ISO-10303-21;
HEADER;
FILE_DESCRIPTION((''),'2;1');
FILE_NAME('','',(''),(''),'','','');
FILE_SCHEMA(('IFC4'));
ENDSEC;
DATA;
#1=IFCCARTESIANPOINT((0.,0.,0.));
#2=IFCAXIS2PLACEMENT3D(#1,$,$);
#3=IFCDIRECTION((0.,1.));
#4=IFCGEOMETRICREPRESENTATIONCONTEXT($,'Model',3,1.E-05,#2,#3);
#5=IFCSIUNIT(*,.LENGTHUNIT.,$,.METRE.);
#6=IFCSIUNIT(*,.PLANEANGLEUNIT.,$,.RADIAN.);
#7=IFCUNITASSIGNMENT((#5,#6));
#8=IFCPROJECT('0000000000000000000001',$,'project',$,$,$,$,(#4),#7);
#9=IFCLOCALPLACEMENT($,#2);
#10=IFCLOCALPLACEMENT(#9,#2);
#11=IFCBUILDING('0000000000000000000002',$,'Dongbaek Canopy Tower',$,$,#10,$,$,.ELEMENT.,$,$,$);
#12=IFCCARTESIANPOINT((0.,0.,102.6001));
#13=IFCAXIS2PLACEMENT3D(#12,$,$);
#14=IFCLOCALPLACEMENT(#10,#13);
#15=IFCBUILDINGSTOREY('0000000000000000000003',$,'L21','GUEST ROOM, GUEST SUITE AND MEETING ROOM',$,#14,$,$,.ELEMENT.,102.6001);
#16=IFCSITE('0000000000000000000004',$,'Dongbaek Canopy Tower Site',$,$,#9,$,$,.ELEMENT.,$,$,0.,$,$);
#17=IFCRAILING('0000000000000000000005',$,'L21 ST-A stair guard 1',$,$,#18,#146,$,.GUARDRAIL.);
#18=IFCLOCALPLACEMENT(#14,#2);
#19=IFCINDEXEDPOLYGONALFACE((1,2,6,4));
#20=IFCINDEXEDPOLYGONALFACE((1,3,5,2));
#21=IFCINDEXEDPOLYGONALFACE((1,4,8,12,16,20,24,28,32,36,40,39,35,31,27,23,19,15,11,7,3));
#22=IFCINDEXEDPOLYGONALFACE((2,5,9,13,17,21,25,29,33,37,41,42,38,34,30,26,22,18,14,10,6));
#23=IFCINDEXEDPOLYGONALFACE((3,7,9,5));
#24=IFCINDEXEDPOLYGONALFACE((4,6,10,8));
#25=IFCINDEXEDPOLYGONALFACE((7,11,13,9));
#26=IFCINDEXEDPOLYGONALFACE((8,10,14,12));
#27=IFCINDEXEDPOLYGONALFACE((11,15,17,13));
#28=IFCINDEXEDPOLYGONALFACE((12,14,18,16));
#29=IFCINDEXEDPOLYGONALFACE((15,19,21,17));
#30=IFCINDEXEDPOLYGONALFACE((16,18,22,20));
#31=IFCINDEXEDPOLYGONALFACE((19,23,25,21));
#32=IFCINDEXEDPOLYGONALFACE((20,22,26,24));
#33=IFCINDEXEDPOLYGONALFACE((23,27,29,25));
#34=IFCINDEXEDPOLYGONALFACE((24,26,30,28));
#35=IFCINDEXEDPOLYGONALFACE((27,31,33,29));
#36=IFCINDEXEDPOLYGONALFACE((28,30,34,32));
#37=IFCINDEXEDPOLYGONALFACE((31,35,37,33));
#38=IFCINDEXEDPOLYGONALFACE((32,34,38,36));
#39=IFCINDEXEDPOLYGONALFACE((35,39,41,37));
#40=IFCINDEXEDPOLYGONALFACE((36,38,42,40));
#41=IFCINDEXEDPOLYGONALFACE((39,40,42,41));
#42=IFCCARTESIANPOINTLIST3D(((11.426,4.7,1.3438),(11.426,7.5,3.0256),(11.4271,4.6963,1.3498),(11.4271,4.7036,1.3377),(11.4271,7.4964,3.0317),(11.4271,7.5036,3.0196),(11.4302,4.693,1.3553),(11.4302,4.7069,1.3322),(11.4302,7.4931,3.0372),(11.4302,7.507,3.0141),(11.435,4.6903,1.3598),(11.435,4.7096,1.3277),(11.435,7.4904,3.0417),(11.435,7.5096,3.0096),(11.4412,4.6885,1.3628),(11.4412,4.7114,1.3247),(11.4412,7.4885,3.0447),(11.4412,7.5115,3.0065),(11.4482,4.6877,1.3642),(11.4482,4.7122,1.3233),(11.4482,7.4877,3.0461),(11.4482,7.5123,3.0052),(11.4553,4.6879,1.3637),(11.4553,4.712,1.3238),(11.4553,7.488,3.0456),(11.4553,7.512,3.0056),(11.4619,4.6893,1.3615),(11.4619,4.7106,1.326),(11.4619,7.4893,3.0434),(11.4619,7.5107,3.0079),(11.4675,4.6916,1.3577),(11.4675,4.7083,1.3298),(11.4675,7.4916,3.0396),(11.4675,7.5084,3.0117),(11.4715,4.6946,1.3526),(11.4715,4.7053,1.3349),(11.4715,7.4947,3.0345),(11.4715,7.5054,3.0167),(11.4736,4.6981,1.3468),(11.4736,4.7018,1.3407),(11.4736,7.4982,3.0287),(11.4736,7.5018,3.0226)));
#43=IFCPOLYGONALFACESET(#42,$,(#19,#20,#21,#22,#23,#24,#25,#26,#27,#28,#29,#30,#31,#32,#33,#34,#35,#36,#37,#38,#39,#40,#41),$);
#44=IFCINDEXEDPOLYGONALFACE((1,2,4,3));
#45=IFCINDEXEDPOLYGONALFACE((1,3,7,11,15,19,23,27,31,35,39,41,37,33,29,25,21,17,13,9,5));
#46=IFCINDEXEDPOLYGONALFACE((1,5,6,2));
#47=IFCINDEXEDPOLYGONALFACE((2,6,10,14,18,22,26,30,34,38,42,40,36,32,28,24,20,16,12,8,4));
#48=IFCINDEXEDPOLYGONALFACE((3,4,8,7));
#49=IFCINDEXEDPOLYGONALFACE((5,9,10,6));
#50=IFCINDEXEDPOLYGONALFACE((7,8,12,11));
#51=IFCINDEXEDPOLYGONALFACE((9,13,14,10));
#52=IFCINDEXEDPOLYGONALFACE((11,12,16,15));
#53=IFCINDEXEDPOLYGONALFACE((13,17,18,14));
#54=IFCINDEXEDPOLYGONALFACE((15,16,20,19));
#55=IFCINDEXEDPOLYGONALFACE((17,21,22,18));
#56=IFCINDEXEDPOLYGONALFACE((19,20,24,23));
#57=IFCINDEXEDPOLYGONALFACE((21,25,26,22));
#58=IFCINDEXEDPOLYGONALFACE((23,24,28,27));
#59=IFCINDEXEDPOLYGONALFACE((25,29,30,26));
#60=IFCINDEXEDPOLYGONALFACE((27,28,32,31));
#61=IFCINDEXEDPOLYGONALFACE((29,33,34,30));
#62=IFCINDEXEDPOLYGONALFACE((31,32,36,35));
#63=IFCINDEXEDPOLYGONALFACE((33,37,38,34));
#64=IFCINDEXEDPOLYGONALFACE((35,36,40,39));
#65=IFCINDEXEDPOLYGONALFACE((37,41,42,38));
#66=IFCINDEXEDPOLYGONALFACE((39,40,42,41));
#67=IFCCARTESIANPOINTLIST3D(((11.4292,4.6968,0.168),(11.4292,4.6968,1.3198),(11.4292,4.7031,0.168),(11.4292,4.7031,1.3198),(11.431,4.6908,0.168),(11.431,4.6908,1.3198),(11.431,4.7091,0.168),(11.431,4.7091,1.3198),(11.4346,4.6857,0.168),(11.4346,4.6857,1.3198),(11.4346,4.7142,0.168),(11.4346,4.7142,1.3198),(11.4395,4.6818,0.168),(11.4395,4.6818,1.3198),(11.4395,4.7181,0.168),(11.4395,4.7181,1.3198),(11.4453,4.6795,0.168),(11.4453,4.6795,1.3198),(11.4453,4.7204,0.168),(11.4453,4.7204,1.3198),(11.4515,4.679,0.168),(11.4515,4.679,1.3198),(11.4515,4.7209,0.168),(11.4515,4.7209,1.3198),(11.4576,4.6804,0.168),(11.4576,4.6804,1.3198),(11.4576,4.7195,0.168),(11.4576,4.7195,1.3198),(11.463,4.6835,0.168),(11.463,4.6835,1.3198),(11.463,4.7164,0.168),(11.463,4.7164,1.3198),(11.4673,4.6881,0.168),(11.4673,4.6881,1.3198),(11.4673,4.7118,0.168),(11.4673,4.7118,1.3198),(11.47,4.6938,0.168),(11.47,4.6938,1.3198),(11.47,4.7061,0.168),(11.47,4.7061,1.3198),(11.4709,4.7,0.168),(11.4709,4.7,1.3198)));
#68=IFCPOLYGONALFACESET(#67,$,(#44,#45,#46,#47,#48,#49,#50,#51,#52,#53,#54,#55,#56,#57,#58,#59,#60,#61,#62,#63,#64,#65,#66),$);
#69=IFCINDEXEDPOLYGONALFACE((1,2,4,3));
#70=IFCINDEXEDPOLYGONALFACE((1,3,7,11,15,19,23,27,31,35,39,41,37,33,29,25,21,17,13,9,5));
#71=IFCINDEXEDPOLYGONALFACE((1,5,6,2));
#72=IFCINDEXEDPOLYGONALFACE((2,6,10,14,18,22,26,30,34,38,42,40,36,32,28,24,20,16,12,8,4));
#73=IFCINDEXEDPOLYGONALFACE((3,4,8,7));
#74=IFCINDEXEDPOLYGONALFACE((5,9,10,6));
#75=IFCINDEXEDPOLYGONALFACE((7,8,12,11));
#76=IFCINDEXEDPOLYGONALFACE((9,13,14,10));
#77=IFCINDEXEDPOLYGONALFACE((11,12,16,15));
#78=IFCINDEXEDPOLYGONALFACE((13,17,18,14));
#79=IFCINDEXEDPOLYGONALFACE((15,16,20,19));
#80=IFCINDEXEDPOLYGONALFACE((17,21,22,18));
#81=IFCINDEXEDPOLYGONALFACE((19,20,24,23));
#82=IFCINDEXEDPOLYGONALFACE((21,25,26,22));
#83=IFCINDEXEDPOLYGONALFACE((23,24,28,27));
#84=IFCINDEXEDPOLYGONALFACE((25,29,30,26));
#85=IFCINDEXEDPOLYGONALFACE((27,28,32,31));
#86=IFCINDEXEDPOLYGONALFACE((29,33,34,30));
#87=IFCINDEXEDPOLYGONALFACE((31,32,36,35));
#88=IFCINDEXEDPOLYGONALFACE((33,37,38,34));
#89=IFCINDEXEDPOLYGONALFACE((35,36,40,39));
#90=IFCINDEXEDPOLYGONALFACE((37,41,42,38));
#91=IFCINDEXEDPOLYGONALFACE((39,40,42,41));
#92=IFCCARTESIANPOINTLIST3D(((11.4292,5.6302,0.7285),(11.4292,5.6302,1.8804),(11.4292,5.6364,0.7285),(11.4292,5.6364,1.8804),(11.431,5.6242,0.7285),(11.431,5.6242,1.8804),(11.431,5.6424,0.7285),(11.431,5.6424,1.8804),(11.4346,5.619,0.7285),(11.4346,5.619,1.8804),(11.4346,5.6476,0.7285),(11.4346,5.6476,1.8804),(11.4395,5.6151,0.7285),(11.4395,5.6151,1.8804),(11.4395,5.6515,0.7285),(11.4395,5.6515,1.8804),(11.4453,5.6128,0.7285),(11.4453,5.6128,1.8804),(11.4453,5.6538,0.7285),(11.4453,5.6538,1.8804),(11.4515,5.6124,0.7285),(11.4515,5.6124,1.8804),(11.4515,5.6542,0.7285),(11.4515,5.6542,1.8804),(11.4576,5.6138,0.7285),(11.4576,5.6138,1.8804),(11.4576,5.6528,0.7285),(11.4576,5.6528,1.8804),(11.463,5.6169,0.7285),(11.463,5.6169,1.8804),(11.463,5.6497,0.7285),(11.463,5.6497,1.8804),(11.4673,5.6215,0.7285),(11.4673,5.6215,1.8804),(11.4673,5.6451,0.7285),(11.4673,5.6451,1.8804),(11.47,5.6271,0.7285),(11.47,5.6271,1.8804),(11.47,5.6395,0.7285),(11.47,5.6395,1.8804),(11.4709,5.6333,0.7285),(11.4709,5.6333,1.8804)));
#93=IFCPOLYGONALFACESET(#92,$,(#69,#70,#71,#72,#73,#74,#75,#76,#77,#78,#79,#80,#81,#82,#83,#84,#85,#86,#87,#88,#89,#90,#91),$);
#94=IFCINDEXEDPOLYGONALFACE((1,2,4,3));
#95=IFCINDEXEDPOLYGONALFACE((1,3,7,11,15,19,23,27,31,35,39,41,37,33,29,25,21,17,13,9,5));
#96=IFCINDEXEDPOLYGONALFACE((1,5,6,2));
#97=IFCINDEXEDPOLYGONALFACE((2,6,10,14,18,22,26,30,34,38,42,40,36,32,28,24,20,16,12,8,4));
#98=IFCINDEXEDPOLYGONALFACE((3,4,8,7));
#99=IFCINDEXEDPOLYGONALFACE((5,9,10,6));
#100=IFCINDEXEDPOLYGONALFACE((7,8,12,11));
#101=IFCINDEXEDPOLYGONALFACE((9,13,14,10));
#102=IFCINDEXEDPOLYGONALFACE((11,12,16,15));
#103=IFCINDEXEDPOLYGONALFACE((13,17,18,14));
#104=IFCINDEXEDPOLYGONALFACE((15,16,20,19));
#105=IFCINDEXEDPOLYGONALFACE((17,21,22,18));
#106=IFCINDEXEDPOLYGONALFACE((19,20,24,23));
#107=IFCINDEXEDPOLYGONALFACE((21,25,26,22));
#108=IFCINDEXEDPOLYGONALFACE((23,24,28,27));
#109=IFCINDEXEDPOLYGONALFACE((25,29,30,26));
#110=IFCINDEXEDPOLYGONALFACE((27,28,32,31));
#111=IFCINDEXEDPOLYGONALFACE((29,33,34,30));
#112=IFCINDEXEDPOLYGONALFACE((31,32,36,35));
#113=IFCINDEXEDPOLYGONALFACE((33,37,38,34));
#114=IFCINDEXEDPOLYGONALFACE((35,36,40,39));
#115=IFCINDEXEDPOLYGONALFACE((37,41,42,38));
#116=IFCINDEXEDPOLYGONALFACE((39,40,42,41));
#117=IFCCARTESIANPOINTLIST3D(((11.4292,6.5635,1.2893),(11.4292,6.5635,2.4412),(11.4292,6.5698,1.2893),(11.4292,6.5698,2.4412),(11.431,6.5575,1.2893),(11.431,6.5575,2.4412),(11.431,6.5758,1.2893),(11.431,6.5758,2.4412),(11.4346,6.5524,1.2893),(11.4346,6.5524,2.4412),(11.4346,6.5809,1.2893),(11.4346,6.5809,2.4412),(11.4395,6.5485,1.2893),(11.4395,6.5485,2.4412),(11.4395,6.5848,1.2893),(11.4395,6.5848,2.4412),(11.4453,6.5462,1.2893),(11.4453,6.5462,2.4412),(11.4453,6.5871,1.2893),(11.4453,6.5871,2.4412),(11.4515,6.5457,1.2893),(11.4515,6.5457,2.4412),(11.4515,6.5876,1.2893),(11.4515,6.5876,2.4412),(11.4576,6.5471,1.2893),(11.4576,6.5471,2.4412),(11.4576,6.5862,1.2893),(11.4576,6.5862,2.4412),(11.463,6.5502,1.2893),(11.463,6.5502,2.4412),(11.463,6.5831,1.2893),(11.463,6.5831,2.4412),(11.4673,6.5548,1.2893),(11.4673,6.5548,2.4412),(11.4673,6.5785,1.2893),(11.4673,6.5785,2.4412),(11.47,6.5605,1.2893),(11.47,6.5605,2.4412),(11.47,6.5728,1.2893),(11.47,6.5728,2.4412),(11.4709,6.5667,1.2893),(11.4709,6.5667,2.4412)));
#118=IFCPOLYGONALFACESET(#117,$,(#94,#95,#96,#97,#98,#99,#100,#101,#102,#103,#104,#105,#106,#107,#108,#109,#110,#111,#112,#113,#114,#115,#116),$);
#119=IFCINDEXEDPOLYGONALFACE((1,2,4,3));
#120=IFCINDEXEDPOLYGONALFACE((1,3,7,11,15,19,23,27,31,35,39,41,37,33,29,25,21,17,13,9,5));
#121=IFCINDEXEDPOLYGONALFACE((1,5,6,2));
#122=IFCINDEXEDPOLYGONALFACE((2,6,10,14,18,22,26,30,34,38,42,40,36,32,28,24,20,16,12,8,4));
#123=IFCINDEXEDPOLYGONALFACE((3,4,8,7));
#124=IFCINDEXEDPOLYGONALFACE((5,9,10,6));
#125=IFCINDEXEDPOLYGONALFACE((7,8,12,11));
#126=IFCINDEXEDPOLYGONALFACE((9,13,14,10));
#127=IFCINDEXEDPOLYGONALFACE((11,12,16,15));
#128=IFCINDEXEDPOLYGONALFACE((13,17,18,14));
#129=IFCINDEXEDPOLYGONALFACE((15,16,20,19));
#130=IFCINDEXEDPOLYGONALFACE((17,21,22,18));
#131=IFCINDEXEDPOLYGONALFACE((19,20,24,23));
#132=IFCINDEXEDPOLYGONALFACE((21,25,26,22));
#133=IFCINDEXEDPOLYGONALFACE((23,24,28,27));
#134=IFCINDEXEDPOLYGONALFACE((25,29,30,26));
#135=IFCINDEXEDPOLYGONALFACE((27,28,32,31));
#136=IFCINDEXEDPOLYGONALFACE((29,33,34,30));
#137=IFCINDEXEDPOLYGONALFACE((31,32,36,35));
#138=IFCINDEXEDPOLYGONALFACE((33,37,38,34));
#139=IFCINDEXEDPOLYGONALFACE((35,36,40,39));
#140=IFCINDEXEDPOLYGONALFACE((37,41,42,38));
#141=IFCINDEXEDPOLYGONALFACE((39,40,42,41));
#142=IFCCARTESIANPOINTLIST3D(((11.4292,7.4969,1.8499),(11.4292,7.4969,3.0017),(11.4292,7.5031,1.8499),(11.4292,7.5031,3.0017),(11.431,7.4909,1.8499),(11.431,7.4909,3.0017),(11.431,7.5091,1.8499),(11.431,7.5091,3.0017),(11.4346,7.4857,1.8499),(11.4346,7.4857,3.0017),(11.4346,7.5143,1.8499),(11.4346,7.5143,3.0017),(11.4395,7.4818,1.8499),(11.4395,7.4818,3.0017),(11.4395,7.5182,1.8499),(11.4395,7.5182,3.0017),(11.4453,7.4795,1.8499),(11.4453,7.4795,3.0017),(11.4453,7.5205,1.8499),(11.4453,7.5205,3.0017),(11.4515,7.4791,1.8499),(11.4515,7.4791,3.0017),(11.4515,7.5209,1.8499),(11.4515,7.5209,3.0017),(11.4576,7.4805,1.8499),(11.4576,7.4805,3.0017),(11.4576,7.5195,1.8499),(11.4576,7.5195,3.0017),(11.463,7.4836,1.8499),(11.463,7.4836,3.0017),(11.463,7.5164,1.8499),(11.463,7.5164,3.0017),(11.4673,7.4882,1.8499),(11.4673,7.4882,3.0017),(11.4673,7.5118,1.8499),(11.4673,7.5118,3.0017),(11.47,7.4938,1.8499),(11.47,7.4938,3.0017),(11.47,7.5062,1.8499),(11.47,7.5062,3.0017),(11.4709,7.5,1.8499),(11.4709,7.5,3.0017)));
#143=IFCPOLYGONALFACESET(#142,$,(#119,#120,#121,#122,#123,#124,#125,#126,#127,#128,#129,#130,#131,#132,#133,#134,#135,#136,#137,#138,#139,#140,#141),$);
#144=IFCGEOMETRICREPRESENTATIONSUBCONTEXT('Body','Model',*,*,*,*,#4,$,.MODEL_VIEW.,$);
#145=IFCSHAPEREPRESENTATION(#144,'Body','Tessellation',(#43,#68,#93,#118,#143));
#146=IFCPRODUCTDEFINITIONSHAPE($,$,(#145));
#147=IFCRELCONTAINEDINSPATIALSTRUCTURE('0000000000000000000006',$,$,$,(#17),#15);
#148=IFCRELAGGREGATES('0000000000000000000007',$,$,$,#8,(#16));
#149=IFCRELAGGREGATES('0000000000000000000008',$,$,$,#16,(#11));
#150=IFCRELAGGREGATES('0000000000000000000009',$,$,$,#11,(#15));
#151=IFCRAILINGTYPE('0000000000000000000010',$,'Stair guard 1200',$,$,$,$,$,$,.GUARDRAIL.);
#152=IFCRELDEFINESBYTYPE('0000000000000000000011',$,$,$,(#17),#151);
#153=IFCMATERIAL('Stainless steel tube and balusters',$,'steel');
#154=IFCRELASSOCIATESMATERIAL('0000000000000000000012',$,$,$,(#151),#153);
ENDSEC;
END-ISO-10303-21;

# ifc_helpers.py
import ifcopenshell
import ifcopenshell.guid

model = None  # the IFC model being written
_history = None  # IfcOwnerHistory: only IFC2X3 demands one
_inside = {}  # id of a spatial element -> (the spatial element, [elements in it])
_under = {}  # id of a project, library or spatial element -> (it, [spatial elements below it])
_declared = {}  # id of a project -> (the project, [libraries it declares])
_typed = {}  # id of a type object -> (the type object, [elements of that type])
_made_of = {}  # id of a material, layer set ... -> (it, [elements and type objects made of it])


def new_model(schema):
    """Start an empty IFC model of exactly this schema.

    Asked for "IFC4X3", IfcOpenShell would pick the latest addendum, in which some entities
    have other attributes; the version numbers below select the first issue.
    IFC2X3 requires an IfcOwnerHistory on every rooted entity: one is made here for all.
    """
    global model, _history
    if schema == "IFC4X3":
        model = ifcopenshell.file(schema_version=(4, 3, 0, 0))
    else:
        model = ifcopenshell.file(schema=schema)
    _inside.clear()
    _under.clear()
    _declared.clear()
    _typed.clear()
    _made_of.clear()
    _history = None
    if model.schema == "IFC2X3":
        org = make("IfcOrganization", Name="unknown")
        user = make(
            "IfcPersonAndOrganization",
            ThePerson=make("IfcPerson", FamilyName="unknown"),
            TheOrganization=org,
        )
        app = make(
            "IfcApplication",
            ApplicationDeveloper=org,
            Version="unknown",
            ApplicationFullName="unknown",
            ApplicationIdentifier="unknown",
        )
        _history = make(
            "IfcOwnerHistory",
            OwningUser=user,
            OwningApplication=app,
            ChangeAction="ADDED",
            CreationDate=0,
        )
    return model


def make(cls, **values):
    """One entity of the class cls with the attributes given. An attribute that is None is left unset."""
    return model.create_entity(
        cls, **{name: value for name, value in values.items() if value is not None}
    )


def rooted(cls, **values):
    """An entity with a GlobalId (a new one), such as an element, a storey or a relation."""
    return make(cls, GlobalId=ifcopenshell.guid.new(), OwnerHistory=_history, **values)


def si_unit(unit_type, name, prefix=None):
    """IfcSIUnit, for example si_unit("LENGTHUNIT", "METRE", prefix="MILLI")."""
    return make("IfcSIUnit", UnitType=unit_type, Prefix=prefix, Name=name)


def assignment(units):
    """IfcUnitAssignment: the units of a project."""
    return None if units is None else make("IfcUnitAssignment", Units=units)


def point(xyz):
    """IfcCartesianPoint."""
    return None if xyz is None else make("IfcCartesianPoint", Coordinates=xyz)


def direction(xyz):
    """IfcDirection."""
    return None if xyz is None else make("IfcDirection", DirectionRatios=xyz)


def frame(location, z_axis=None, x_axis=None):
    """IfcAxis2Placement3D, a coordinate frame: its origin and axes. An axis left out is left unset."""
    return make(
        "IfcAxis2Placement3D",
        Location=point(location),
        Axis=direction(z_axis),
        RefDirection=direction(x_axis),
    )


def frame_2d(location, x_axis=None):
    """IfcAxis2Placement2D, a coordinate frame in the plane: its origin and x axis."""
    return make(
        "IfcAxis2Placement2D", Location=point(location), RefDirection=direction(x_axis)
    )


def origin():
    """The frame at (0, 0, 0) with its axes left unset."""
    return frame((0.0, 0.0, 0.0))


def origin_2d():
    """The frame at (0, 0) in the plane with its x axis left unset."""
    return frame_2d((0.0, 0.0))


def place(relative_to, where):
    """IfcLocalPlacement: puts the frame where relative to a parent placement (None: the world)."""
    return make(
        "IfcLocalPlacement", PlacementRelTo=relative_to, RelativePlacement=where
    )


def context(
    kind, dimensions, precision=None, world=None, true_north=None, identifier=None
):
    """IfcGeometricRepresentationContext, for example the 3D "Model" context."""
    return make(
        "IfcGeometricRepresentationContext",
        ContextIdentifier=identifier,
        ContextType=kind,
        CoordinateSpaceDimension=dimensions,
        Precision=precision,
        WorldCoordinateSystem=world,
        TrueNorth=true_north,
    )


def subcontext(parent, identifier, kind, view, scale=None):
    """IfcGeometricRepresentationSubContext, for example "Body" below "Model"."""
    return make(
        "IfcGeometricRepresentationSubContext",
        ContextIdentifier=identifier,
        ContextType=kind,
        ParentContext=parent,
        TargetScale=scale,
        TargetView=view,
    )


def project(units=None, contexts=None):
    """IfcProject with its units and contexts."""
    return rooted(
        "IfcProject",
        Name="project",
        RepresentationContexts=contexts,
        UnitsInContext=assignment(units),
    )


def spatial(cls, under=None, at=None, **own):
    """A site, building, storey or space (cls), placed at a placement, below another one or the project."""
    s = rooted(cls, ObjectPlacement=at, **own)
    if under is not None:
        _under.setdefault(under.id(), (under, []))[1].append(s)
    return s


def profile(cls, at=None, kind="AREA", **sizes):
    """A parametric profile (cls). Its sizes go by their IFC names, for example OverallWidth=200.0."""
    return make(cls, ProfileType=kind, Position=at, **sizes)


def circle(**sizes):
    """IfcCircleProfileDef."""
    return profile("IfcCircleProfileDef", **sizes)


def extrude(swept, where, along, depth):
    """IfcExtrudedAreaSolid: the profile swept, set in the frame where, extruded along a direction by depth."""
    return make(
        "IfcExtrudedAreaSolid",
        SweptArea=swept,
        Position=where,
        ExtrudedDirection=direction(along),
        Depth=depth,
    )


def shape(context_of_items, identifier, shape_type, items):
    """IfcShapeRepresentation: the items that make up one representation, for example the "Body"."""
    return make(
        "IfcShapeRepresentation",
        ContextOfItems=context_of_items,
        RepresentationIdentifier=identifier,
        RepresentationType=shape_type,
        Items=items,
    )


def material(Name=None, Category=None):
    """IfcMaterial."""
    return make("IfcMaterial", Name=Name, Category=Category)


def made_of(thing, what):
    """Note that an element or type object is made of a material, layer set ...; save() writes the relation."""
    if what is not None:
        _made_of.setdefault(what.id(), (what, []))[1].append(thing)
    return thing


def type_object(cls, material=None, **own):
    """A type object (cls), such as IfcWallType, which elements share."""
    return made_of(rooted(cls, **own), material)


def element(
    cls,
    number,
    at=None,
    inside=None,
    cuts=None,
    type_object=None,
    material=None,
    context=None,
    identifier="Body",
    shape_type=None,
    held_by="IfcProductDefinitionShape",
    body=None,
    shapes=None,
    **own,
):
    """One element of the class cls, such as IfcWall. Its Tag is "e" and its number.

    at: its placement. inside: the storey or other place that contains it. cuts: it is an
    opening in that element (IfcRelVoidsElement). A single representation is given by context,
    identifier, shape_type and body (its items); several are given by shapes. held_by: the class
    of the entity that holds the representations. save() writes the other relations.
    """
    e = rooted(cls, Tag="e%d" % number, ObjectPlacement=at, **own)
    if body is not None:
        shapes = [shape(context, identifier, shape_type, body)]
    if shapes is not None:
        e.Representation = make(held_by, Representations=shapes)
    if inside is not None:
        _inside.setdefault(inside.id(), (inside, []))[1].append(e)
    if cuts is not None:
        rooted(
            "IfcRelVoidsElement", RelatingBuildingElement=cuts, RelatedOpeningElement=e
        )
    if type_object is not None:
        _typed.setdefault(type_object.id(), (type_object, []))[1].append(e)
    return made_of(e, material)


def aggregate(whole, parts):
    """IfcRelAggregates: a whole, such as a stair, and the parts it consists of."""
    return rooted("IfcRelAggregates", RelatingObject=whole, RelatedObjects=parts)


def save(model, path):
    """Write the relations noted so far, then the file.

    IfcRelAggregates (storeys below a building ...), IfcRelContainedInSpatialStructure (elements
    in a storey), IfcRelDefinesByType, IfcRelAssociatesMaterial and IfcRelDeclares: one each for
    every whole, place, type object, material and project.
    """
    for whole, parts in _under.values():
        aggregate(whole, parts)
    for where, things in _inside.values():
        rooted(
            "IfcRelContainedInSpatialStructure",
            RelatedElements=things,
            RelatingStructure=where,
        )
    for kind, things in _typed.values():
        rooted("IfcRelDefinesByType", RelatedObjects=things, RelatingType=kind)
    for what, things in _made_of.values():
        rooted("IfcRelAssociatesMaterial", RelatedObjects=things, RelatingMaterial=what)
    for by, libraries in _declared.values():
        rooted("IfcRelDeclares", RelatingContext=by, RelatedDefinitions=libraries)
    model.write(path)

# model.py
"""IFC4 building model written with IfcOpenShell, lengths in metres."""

from ifc_helpers import new_model, si_unit, direction, frame, origin, origin_2d, place, context, subcontext, project, spatial, circle, extrude, material, type_object, element, save


model = new_model("IFC4")

# Units and contexts
model_context = context("Model", 3, precision=1e-05, world=origin(), true_north=direction((0.0, 1.0)))
body_context = subcontext(model_context, "Body", "Model", "MODEL_VIEW")
ifc_project = project(units=[si_unit("LENGTHUNIT", "METRE"), si_unit("PLANEANGLEUNIT", "RADIAN")], contexts=[model_context])

# Site, building, storey
site_placement = place(None, origin())
site = spatial("IfcSite", under=ifc_project, at=site_placement, Name="Dongbaek Canopy Tower Site", CompositionType="ELEMENT", RefElevation=0.0)
building_placement = place(site_placement, origin())
building = spatial("IfcBuilding", under=site, at=building_placement, Name="Dongbaek Canopy Tower", CompositionType="ELEMENT")
storey_placement = place(building_placement, frame((0.0, 0.0, 102.6001)))
storey = spatial("IfcBuildingStorey", under=building, at=storey_placement, Name="L21", Description="GUEST ROOM, GUEST SUITE AND MEETING ROOM", CompositionType="ELEMENT", Elevation=102.6001)

# Railing
ifc_material_1 = material(Name="Stainless steel tube and balusters", Category="steel")
railing_type_1 = type_object("IfcRailingType", Name="Stair guard 1200", PredefinedType="GUARDRAIL", material=ifc_material_1)
railing_1_placement = place(storey_placement, frame((11.45, 4.7, 0.168)))
element("IfcRailing", 1, at=railing_1_placement, inside=storey, type_object=railing_type_1, Name="L21 ST-A stair guard 1", PredefinedType="GUARDRAIL", context=body_context, shape_type="SweptSolid", body=[
    extrude(circle(Radius=0.0239, at=origin_2d()), frame((0.0, 0.0, 1.1758), z_axis=(0.0, 0.857242, 0.514913), x_axis=(-1.0, 0.0, 0.0)), (0.0, 0.0, 1.0), 3.2664),
    extrude(circle(Radius=0.021, at=origin_2d()), origin(), (0.0, 0.0, 1.0), 1.1519),
    extrude(circle(Radius=0.021, at=origin_2d()), frame((0.0, 0.9333, 0.5605)), (0.0, 0.0, 1.0), 1.1519),
    extrude(circle(Radius=0.021, at=origin_2d()), frame((0.0, 1.8667, 1.1213)), (0.0, 0.0, 1.0), 1.1519),
    extrude(circle(Radius=0.021, at=origin_2d()), frame((0.0, 2.8, 1.6819)), (0.0, 0.0, 1.0), 1.1519),
])

save(model, "model.ifc")
